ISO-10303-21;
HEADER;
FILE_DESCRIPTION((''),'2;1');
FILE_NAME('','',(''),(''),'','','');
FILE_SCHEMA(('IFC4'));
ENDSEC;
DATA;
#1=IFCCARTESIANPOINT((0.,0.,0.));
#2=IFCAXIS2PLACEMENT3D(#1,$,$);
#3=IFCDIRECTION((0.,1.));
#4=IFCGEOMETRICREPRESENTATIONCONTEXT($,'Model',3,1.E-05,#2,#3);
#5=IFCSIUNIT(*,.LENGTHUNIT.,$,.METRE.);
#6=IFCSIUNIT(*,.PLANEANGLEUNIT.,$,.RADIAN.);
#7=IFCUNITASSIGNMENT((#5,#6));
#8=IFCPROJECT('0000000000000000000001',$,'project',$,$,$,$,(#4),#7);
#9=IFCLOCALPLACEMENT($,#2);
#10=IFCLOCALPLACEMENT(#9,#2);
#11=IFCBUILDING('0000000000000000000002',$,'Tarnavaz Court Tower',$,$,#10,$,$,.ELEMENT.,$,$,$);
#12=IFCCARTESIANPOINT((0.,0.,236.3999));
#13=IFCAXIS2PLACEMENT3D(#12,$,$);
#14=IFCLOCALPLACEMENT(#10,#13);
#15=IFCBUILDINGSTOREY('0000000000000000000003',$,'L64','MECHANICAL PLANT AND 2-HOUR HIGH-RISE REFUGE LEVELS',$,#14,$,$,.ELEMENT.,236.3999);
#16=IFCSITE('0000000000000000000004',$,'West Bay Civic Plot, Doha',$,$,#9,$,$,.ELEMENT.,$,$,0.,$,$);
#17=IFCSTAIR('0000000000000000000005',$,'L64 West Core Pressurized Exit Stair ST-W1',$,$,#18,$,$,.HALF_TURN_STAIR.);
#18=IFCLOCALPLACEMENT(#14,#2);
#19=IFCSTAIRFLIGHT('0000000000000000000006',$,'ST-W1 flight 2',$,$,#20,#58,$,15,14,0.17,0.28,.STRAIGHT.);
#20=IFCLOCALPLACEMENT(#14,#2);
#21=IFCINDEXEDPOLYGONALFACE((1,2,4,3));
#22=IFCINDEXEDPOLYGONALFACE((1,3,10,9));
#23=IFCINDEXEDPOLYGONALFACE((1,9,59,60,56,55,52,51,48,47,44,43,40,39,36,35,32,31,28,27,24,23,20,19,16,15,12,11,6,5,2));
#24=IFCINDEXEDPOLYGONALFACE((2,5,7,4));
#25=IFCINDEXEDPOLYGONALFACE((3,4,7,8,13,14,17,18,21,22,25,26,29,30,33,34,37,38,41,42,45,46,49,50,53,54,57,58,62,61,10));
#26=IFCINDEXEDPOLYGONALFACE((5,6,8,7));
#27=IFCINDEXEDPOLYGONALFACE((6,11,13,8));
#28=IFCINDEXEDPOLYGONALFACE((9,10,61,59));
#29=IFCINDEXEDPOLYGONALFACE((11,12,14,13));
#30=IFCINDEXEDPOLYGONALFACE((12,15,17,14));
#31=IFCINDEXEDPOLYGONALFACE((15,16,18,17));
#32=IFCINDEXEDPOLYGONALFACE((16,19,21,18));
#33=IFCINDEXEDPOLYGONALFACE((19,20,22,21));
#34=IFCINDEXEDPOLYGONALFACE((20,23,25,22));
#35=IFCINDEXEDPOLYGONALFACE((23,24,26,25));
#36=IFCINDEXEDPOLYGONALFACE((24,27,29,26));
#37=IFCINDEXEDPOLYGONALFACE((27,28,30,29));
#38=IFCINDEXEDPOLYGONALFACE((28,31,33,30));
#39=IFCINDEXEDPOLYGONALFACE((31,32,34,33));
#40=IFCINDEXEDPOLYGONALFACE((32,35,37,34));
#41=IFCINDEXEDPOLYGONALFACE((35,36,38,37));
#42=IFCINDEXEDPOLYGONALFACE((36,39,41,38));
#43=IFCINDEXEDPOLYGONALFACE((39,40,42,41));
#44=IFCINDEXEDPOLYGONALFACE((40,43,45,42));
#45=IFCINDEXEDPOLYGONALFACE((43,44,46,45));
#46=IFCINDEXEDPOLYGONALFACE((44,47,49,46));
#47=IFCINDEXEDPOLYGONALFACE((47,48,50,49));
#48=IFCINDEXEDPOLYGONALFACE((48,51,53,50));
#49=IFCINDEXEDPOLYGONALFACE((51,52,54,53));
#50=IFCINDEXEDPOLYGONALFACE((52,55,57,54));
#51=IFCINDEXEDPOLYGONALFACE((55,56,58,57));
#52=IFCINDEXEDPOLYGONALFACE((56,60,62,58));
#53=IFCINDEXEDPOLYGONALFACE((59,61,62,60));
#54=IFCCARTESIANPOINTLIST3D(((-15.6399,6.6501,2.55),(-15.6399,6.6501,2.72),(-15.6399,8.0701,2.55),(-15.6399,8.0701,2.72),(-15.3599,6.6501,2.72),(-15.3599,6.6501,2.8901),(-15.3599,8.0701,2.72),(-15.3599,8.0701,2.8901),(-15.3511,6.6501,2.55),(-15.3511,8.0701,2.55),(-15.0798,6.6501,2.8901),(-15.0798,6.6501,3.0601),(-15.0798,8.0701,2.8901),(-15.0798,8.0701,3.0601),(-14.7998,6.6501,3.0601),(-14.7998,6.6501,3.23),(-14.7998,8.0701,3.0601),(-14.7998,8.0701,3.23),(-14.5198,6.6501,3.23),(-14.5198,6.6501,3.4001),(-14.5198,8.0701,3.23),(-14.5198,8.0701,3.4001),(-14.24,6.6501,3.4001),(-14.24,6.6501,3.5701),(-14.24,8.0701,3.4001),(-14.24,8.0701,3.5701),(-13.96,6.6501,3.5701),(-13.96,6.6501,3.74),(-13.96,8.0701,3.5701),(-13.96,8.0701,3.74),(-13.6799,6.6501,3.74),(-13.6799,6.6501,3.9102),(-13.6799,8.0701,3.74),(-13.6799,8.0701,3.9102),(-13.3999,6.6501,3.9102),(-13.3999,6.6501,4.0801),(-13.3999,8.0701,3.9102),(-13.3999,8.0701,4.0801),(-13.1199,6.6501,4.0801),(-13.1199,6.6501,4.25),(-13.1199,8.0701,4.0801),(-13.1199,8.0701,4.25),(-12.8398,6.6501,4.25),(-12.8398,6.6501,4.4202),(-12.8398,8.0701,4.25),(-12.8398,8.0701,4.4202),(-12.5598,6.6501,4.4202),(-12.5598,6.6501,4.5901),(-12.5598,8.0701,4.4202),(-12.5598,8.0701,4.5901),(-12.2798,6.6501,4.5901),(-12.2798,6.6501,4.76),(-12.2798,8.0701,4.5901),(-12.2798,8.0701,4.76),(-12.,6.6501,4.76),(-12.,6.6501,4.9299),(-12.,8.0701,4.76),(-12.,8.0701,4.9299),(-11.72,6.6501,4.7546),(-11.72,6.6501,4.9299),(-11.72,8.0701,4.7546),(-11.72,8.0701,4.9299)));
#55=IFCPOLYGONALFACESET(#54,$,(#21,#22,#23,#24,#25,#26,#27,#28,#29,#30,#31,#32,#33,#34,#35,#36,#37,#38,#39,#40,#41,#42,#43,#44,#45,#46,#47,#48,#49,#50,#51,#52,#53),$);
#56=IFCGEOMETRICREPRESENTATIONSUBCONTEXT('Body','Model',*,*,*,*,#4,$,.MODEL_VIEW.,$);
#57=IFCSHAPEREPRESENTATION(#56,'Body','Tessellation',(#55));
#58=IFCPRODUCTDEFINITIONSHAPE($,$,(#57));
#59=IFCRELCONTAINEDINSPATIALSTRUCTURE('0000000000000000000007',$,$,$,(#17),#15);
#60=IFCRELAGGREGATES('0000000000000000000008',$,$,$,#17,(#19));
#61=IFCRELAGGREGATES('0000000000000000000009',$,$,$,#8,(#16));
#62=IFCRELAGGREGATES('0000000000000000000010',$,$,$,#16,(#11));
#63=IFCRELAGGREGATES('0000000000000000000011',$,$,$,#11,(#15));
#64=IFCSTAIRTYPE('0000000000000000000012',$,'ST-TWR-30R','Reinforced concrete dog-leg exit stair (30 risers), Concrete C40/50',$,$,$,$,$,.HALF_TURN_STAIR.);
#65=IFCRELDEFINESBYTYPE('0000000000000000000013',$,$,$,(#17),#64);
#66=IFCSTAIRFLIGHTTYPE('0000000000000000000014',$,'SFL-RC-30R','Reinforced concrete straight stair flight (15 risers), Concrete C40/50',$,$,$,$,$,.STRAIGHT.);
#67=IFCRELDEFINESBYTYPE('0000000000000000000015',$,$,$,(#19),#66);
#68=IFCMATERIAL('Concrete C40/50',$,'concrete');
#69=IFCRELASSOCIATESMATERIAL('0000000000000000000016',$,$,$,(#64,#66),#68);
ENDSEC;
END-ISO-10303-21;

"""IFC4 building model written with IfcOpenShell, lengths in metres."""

from ifc_helpers import new_model, si_unit, direction, frame, origin, place, context, subcontext, project, spatial, polyline, outline, extrude, material, type_object, element, aggregate, save


model = new_model("IFC4")

# Units and contexts
model_context = context("Model", 3, precision=1e-05, world=origin(), true_north=direction((0.0, 1.0)))
body_context = subcontext(model_context, "Body", "Model", "MODEL_VIEW")
ifc_project = project(units=[si_unit("LENGTHUNIT", "METRE"), si_unit("PLANEANGLEUNIT", "RADIAN")], contexts=[model_context])

# Site, building, storey
site_placement = place(None, origin())
site = spatial("IfcSite", under=ifc_project, at=site_placement, Name="West Bay Civic Plot, Doha", CompositionType="ELEMENT", RefElevation=0.0)
building_placement = place(site_placement, origin())
building = spatial("IfcBuilding", under=site, at=building_placement, Name="Tarnavaz Court Tower", CompositionType="ELEMENT")
storey_placement = place(building_placement, frame((0.0, 0.0, 236.3999)))
storey = spatial("IfcBuildingStorey", under=building, at=storey_placement, Name="L64", Description="MECHANICAL PLANT AND 2-HOUR HIGH-RISE REFUGE LEVELS", CompositionType="ELEMENT", Elevation=236.3999)

# Stair, stair flight
ifc_material_1 = material(Name="Concrete C40/50", Category="concrete")
stair_type = type_object("IfcStairType", Name="ST-TWR-30R", Description="Reinforced concrete dog-leg exit stair (30 risers), Concrete C40/50", PredefinedType="HALF_TURN_STAIR", material=ifc_material_1)
stair_placement = place(storey_placement, origin())
stair = element("IfcStair", 1, at=stair_placement, inside=storey, type_object=stair_type, Name="L64 West Core Pressurized Exit Stair ST-W1", PredefinedType="HALF_TURN_STAIR")
stair_flight_type = type_object("IfcStairFlightType", Name="SFL-RC-30R", Description="Reinforced concrete straight stair flight (15 risers), Concrete C40/50", PredefinedType="STRAIGHT", material=ifc_material_1)
stair_flight_1_placement = place(storey_placement, frame((-15.6399, 7.3601, 2.55), z_axis=(0.0, 0.0, 1.0), x_axis=(1.0, 0.0, 0.0)))
stair_flight_1 = element("IfcStairFlight", 2, at=stair_flight_1_placement, type_object=stair_flight_type, Name="ST-W1 flight 2", NumberOfRisers=15, NumberOfTreads=14, PredefinedType="STRAIGHT", RiserHeight=0.17, TreadLength=0.28, context=body_context, shape_type="SweptSolid", body=[
    extrude(outline(polyline([(0.0, 0.0), (0.0, 0.1699), (0.28, 0.1699), (0.28, 0.3401), (0.5601, 0.3401), (0.5601, 0.51), (0.8401, 0.51), (0.8401, 0.6799), (1.1201, 0.6799), (1.1201, 0.8501), (1.3999, 0.8501), (1.3999, 1.02), (1.6799, 1.02), (1.6799, 1.1899), (1.96, 1.1899), (1.96, 1.3601), (2.24, 1.3601), (2.24, 1.53), (2.52, 1.53), (2.52, 1.7), (2.8, 1.7), (2.8, 1.8701), (3.0801, 1.8701), (3.0801, 2.04), (3.3601, 2.04), (3.3601, 2.21), (3.6399, 2.21), (3.6399, 2.3799), (3.9199, 2.3799), (3.9199, 2.55), (3.9199, 2.2046), (0.2888, 0.0), (0.0, 0.0)])), frame((0.0, 0.71, 0.0), z_axis=(0.0, -1.0, 0.0), x_axis=(1.0, 0.0, 0.0)), (0.0, 0.0, 1.0), 1.4199),
])
aggregate(stair, [stair_flight_1])

save(model, "model.ifc")
